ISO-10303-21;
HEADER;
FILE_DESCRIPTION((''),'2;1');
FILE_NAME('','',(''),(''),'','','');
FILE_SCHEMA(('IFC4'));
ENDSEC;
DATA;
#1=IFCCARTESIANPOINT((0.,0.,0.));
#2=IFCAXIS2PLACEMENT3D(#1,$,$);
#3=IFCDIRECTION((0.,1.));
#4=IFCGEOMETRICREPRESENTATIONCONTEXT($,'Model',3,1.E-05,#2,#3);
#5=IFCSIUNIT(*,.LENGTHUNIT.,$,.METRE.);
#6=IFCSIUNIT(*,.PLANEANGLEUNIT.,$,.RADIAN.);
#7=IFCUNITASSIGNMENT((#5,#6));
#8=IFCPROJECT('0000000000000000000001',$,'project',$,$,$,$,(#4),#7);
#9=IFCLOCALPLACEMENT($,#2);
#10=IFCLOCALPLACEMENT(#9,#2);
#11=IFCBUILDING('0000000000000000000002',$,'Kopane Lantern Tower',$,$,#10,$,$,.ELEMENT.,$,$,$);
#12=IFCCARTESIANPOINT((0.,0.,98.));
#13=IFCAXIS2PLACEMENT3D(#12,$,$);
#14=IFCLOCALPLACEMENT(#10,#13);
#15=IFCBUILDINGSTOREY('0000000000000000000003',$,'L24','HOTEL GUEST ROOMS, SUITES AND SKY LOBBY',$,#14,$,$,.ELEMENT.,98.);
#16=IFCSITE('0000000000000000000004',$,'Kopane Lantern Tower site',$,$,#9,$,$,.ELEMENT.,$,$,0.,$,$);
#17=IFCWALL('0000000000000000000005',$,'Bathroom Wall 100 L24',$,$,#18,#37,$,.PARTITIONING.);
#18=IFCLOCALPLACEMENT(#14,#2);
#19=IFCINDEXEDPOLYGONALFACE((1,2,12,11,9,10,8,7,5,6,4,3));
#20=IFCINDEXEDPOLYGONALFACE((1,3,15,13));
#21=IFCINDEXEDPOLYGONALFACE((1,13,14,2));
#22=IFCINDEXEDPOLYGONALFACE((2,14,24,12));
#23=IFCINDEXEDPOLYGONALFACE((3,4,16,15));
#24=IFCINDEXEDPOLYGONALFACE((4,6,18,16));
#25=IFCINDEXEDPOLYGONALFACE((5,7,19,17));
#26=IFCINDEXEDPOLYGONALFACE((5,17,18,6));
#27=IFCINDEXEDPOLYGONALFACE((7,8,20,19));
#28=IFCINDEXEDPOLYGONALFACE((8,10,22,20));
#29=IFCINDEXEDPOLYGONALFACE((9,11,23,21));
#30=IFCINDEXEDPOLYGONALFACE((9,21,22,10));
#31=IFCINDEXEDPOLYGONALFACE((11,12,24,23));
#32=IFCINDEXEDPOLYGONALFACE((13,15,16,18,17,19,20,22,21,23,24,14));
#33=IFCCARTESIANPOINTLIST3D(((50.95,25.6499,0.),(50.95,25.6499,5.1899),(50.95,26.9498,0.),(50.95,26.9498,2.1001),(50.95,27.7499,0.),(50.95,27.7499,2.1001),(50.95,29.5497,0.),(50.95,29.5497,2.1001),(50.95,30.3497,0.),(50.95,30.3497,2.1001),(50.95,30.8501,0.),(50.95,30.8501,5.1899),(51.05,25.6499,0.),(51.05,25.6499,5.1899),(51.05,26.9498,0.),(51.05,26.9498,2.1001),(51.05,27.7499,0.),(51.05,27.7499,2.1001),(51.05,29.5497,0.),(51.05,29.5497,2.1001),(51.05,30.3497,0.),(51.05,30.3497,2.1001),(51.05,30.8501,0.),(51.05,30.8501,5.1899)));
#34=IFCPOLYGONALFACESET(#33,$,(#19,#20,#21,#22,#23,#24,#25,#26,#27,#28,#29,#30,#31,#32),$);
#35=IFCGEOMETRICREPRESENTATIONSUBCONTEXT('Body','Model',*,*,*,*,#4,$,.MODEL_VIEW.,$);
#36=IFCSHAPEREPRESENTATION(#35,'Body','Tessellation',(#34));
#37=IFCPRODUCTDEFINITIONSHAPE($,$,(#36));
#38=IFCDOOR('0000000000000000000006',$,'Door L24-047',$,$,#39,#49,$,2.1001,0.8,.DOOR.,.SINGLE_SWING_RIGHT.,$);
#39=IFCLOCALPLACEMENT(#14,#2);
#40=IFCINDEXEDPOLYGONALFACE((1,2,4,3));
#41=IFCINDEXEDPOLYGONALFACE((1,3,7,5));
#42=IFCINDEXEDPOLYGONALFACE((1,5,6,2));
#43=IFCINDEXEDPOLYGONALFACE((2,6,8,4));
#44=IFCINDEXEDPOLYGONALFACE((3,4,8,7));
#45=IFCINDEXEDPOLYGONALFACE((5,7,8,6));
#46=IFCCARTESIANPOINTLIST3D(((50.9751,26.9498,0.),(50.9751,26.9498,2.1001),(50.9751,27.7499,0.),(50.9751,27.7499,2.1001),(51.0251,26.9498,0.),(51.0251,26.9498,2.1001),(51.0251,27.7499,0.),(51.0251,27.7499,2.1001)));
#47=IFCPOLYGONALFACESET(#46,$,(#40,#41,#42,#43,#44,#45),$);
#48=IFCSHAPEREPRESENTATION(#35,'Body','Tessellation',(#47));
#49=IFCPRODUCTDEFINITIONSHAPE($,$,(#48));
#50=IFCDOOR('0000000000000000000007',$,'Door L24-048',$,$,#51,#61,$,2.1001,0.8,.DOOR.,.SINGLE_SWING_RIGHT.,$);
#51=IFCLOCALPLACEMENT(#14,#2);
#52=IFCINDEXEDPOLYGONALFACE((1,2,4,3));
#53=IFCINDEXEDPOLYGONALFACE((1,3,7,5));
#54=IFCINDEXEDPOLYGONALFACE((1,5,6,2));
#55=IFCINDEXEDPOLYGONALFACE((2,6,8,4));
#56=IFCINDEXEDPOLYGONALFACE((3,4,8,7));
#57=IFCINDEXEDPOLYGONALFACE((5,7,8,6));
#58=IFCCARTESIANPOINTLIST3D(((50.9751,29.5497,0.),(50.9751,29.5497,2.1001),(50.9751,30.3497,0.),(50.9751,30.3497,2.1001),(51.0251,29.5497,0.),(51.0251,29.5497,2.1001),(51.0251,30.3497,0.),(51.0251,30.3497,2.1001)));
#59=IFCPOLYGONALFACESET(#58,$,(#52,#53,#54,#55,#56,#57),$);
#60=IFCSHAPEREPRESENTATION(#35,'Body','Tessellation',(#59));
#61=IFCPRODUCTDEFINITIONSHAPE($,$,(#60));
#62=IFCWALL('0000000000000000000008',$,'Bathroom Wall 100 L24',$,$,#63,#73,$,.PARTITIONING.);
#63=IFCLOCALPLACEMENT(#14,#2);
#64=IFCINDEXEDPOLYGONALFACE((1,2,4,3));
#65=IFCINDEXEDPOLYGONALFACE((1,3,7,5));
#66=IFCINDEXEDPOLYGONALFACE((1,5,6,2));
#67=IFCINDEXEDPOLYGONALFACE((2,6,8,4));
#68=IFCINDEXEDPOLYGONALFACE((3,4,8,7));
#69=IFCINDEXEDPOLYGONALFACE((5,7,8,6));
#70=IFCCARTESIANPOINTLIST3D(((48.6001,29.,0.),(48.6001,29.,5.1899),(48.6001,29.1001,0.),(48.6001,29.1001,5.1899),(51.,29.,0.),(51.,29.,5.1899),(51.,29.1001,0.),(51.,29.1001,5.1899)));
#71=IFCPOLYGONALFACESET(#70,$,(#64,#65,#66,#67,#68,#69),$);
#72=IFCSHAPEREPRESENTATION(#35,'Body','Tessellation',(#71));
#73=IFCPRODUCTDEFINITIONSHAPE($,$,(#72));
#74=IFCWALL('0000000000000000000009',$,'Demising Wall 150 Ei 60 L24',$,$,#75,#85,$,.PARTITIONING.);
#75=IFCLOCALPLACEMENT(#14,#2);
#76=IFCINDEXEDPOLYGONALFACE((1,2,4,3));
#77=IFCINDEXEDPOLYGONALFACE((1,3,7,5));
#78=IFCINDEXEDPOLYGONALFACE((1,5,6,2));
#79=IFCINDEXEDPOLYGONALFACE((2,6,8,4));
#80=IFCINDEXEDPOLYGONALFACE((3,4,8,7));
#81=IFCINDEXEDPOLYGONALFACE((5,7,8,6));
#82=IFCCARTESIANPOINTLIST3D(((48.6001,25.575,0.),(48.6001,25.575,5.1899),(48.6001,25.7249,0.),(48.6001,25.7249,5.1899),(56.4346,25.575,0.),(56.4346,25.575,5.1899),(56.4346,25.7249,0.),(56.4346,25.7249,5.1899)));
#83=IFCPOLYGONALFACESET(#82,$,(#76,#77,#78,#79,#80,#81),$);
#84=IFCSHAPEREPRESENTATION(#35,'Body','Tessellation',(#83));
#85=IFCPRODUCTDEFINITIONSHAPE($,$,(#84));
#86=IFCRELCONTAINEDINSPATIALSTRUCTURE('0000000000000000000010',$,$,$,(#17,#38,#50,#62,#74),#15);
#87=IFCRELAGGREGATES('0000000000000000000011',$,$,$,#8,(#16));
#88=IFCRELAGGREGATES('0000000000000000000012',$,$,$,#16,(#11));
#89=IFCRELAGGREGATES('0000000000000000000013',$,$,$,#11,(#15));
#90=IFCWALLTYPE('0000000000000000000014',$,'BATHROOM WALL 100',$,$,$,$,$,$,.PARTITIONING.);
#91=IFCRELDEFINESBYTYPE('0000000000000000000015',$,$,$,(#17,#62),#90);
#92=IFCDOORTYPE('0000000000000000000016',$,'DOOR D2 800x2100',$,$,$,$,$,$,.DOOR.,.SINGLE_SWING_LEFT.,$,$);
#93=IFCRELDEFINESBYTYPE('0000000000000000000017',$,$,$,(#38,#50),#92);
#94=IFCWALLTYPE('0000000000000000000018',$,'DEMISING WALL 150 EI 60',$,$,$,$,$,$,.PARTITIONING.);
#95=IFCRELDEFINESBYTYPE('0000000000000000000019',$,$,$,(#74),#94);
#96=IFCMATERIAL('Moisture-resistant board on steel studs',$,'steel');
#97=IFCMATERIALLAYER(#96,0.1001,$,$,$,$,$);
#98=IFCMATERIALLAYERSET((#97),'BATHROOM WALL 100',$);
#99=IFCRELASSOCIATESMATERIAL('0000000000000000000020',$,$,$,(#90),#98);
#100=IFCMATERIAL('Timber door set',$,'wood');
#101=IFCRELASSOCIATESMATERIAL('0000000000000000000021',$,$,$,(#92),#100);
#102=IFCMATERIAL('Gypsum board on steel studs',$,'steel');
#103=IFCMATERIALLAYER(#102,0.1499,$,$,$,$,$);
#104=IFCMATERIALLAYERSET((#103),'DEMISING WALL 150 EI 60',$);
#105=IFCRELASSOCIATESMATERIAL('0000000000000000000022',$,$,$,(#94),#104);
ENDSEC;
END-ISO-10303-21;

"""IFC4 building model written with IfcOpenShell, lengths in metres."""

from ifc_helpers import new_model, si_unit, direction, frame, frame_2d, origin, place, context, subcontext, project, spatial, rectangle, extrude, material, layer, layer_set, type_object, element, fill, save


model = new_model("IFC4")

# Units and contexts
model_context = context("Model", 3, precision=1e-05, world=origin(), true_north=direction((0.0, 1.0)))
body_context = subcontext(model_context, "Body", "Model", "MODEL_VIEW")
ifc_project = project(units=[si_unit("LENGTHUNIT", "METRE"), si_unit("PLANEANGLEUNIT", "RADIAN")], contexts=[model_context])

# Site, building, storey
site_placement = place(None, origin())
site = spatial("IfcSite", under=ifc_project, at=site_placement, Name="Kopane Lantern Tower site", CompositionType="ELEMENT", RefElevation=0.0)
building_placement = place(site_placement, origin())
building = spatial("IfcBuilding", under=site, at=building_placement, Name="Kopane Lantern Tower", CompositionType="ELEMENT")
storey_placement = place(building_placement, frame((0.0, 0.0, 98.0)))
storey = spatial("IfcBuildingStorey", under=building, at=storey_placement, Name="L24", Description="HOTEL GUEST ROOMS, SUITES AND SKY LOBBY", CompositionType="ELEMENT", Elevation=98.0)

# Shared definitions
ifc_material_1 = material(Name="Moisture-resistant board on steel studs", Category="steel")
ifc_layer_1 = layer(ifc_material_1, 0.1001)
ifc_layer_set_1 = layer_set([ifc_layer_1], Name="BATHROOM WALL 100")
wall_type_1 = type_object("IfcWallType", Name="BATHROOM WALL 100", PredefinedType="PARTITIONING", material=ifc_layer_set_1)

# Wall, openings, doors
wall_1_placement = place(storey_placement, frame((51.0, 25.6499, 0.0), z_axis=(0.0, 0.0, 1.0), x_axis=(0.0, 1.0, 0.0)))
wall_1 = element("IfcWall", 1, at=wall_1_placement, inside=storey, type_object=wall_type_1, Name="Bathroom Wall 100 L24", PredefinedType="PARTITIONING", context=body_context, shape_type="SweptSolid", body=[
    extrude(rectangle(XDim=5.2002, YDim=0.1001, at=frame_2d((2.6001, 0.0))), origin(), (0.0, 0.0, 1.0), 5.1899),
])
opening_1_placement = place(wall_1_placement, frame((1.3, 0.0, 0.0)))
opening_1 = element("IfcOpeningElement", 2, at=opening_1_placement, cuts=wall_1, PredefinedType="OPENING", context=body_context, shape_type="SweptSolid", body=[
    extrude(rectangle(XDim=0.8, YDim=2.1001, at=frame_2d((0.3999, 1.05))), frame((0.0, 0.0601, 0.0), z_axis=(0.0, -1.0, 0.0), x_axis=(1.0, 0.0, 0.0)), (0.0, 0.0, 1.0), 0.1201),
])
opening_2_placement = place(wall_1_placement, frame((3.8999, 0.0, 0.0)))
opening_2 = element("IfcOpeningElement", 3, at=opening_2_placement, cuts=wall_1, PredefinedType="OPENING", context=body_context, shape_type="SweptSolid", body=[
    extrude(rectangle(XDim=0.8, YDim=2.1001, at=frame_2d((0.3999, 1.05))), frame((0.0, 0.0601, 0.0), z_axis=(0.0, -1.0, 0.0), x_axis=(1.0, 0.0, 0.0)), (0.0, 0.0, 1.0), 0.1201),
])
ifc_material_2 = material(Name="Timber door set", Category="wood")
door_type = type_object("IfcDoorType", Name="DOOR D2 800x2100", OperationType="SINGLE_SWING_LEFT", PredefinedType="DOOR", material=ifc_material_2)
door_1_placement = place(opening_1_placement, origin())
door_1 = element("IfcDoor", 4, at=door_1_placement, inside=storey, type_object=door_type, Name="Door L24-047", OperationType="SINGLE_SWING_RIGHT", OverallHeight=2.1001, OverallWidth=0.8, PredefinedType="DOOR", context=body_context, shape_type="SweptSolid", body=[
    extrude(rectangle(XDim=0.8, YDim=2.1001, at=frame_2d((0.3999, 1.05))), frame((0.0, 0.0249, 0.0), z_axis=(0.0, -1.0, 0.0), x_axis=(1.0, 0.0, 0.0)), (0.0, 0.0, 1.0), 0.05),
])
fill(opening_1, door_1)
door_2_placement = place(opening_2_placement, origin())
door_2 = element("IfcDoor", 5, at=door_2_placement, inside=storey, type_object=door_type, Name="Door L24-048", OperationType="SINGLE_SWING_RIGHT", OverallHeight=2.1001, OverallWidth=0.8, PredefinedType="DOOR", context=body_context, shape_type="SweptSolid", body=[
    extrude(rectangle(XDim=0.8, YDim=2.1001, at=frame_2d((0.3999, 1.05))), frame((0.0, 0.0249, 0.0), z_axis=(0.0, -1.0, 0.0), x_axis=(1.0, 0.0, 0.0)), (0.0, 0.0, 1.0), 0.05),
])
fill(opening_2, door_2)

# Walls
wall_2_placement = place(storey_placement, frame((48.6001, 29.05, 0.0), z_axis=(0.0, 0.0, 1.0), x_axis=(1.0, 0.0, 0.0)))
element("IfcWall", 6, at=wall_2_placement, inside=storey, type_object=wall_type_1, Name="Bathroom Wall 100 L24", PredefinedType="PARTITIONING", context=body_context, shape_type="SweptSolid", body=[
    extrude(rectangle(XDim=2.3999, YDim=0.1001, at=frame_2d((1.2, 0.0))), origin(), (0.0, 0.0, 1.0), 5.1899),
])
ifc_material_3 = material(Name="Gypsum board on steel studs", Category="steel")
ifc_layer_2 = layer(ifc_material_3, 0.1499)
ifc_layer_set_2 = layer_set([ifc_layer_2], Name="DEMISING WALL 150 EI 60")
wall_type_2 = type_object("IfcWallType", Name="DEMISING WALL 150 EI 60", PredefinedType="PARTITIONING", material=ifc_layer_set_2)
wall_3_placement = place(storey_placement, frame((48.6001, 25.6499, 0.0), z_axis=(0.0, 0.0, 1.0), x_axis=(1.0, 0.0, 0.0)))
element("IfcWall", 7, at=wall_3_placement, inside=storey, type_object=wall_type_2, Name="Demising Wall 150 Ei 60 L24", PredefinedType="PARTITIONING", context=body_context, shape_type="SweptSolid", body=[
    extrude(rectangle(XDim=7.8345, YDim=0.1499, at=frame_2d((3.9172, 0.0))), origin(), (0.0, 0.0, 1.0), 5.1899),
])

save(model, "model.ifc")
